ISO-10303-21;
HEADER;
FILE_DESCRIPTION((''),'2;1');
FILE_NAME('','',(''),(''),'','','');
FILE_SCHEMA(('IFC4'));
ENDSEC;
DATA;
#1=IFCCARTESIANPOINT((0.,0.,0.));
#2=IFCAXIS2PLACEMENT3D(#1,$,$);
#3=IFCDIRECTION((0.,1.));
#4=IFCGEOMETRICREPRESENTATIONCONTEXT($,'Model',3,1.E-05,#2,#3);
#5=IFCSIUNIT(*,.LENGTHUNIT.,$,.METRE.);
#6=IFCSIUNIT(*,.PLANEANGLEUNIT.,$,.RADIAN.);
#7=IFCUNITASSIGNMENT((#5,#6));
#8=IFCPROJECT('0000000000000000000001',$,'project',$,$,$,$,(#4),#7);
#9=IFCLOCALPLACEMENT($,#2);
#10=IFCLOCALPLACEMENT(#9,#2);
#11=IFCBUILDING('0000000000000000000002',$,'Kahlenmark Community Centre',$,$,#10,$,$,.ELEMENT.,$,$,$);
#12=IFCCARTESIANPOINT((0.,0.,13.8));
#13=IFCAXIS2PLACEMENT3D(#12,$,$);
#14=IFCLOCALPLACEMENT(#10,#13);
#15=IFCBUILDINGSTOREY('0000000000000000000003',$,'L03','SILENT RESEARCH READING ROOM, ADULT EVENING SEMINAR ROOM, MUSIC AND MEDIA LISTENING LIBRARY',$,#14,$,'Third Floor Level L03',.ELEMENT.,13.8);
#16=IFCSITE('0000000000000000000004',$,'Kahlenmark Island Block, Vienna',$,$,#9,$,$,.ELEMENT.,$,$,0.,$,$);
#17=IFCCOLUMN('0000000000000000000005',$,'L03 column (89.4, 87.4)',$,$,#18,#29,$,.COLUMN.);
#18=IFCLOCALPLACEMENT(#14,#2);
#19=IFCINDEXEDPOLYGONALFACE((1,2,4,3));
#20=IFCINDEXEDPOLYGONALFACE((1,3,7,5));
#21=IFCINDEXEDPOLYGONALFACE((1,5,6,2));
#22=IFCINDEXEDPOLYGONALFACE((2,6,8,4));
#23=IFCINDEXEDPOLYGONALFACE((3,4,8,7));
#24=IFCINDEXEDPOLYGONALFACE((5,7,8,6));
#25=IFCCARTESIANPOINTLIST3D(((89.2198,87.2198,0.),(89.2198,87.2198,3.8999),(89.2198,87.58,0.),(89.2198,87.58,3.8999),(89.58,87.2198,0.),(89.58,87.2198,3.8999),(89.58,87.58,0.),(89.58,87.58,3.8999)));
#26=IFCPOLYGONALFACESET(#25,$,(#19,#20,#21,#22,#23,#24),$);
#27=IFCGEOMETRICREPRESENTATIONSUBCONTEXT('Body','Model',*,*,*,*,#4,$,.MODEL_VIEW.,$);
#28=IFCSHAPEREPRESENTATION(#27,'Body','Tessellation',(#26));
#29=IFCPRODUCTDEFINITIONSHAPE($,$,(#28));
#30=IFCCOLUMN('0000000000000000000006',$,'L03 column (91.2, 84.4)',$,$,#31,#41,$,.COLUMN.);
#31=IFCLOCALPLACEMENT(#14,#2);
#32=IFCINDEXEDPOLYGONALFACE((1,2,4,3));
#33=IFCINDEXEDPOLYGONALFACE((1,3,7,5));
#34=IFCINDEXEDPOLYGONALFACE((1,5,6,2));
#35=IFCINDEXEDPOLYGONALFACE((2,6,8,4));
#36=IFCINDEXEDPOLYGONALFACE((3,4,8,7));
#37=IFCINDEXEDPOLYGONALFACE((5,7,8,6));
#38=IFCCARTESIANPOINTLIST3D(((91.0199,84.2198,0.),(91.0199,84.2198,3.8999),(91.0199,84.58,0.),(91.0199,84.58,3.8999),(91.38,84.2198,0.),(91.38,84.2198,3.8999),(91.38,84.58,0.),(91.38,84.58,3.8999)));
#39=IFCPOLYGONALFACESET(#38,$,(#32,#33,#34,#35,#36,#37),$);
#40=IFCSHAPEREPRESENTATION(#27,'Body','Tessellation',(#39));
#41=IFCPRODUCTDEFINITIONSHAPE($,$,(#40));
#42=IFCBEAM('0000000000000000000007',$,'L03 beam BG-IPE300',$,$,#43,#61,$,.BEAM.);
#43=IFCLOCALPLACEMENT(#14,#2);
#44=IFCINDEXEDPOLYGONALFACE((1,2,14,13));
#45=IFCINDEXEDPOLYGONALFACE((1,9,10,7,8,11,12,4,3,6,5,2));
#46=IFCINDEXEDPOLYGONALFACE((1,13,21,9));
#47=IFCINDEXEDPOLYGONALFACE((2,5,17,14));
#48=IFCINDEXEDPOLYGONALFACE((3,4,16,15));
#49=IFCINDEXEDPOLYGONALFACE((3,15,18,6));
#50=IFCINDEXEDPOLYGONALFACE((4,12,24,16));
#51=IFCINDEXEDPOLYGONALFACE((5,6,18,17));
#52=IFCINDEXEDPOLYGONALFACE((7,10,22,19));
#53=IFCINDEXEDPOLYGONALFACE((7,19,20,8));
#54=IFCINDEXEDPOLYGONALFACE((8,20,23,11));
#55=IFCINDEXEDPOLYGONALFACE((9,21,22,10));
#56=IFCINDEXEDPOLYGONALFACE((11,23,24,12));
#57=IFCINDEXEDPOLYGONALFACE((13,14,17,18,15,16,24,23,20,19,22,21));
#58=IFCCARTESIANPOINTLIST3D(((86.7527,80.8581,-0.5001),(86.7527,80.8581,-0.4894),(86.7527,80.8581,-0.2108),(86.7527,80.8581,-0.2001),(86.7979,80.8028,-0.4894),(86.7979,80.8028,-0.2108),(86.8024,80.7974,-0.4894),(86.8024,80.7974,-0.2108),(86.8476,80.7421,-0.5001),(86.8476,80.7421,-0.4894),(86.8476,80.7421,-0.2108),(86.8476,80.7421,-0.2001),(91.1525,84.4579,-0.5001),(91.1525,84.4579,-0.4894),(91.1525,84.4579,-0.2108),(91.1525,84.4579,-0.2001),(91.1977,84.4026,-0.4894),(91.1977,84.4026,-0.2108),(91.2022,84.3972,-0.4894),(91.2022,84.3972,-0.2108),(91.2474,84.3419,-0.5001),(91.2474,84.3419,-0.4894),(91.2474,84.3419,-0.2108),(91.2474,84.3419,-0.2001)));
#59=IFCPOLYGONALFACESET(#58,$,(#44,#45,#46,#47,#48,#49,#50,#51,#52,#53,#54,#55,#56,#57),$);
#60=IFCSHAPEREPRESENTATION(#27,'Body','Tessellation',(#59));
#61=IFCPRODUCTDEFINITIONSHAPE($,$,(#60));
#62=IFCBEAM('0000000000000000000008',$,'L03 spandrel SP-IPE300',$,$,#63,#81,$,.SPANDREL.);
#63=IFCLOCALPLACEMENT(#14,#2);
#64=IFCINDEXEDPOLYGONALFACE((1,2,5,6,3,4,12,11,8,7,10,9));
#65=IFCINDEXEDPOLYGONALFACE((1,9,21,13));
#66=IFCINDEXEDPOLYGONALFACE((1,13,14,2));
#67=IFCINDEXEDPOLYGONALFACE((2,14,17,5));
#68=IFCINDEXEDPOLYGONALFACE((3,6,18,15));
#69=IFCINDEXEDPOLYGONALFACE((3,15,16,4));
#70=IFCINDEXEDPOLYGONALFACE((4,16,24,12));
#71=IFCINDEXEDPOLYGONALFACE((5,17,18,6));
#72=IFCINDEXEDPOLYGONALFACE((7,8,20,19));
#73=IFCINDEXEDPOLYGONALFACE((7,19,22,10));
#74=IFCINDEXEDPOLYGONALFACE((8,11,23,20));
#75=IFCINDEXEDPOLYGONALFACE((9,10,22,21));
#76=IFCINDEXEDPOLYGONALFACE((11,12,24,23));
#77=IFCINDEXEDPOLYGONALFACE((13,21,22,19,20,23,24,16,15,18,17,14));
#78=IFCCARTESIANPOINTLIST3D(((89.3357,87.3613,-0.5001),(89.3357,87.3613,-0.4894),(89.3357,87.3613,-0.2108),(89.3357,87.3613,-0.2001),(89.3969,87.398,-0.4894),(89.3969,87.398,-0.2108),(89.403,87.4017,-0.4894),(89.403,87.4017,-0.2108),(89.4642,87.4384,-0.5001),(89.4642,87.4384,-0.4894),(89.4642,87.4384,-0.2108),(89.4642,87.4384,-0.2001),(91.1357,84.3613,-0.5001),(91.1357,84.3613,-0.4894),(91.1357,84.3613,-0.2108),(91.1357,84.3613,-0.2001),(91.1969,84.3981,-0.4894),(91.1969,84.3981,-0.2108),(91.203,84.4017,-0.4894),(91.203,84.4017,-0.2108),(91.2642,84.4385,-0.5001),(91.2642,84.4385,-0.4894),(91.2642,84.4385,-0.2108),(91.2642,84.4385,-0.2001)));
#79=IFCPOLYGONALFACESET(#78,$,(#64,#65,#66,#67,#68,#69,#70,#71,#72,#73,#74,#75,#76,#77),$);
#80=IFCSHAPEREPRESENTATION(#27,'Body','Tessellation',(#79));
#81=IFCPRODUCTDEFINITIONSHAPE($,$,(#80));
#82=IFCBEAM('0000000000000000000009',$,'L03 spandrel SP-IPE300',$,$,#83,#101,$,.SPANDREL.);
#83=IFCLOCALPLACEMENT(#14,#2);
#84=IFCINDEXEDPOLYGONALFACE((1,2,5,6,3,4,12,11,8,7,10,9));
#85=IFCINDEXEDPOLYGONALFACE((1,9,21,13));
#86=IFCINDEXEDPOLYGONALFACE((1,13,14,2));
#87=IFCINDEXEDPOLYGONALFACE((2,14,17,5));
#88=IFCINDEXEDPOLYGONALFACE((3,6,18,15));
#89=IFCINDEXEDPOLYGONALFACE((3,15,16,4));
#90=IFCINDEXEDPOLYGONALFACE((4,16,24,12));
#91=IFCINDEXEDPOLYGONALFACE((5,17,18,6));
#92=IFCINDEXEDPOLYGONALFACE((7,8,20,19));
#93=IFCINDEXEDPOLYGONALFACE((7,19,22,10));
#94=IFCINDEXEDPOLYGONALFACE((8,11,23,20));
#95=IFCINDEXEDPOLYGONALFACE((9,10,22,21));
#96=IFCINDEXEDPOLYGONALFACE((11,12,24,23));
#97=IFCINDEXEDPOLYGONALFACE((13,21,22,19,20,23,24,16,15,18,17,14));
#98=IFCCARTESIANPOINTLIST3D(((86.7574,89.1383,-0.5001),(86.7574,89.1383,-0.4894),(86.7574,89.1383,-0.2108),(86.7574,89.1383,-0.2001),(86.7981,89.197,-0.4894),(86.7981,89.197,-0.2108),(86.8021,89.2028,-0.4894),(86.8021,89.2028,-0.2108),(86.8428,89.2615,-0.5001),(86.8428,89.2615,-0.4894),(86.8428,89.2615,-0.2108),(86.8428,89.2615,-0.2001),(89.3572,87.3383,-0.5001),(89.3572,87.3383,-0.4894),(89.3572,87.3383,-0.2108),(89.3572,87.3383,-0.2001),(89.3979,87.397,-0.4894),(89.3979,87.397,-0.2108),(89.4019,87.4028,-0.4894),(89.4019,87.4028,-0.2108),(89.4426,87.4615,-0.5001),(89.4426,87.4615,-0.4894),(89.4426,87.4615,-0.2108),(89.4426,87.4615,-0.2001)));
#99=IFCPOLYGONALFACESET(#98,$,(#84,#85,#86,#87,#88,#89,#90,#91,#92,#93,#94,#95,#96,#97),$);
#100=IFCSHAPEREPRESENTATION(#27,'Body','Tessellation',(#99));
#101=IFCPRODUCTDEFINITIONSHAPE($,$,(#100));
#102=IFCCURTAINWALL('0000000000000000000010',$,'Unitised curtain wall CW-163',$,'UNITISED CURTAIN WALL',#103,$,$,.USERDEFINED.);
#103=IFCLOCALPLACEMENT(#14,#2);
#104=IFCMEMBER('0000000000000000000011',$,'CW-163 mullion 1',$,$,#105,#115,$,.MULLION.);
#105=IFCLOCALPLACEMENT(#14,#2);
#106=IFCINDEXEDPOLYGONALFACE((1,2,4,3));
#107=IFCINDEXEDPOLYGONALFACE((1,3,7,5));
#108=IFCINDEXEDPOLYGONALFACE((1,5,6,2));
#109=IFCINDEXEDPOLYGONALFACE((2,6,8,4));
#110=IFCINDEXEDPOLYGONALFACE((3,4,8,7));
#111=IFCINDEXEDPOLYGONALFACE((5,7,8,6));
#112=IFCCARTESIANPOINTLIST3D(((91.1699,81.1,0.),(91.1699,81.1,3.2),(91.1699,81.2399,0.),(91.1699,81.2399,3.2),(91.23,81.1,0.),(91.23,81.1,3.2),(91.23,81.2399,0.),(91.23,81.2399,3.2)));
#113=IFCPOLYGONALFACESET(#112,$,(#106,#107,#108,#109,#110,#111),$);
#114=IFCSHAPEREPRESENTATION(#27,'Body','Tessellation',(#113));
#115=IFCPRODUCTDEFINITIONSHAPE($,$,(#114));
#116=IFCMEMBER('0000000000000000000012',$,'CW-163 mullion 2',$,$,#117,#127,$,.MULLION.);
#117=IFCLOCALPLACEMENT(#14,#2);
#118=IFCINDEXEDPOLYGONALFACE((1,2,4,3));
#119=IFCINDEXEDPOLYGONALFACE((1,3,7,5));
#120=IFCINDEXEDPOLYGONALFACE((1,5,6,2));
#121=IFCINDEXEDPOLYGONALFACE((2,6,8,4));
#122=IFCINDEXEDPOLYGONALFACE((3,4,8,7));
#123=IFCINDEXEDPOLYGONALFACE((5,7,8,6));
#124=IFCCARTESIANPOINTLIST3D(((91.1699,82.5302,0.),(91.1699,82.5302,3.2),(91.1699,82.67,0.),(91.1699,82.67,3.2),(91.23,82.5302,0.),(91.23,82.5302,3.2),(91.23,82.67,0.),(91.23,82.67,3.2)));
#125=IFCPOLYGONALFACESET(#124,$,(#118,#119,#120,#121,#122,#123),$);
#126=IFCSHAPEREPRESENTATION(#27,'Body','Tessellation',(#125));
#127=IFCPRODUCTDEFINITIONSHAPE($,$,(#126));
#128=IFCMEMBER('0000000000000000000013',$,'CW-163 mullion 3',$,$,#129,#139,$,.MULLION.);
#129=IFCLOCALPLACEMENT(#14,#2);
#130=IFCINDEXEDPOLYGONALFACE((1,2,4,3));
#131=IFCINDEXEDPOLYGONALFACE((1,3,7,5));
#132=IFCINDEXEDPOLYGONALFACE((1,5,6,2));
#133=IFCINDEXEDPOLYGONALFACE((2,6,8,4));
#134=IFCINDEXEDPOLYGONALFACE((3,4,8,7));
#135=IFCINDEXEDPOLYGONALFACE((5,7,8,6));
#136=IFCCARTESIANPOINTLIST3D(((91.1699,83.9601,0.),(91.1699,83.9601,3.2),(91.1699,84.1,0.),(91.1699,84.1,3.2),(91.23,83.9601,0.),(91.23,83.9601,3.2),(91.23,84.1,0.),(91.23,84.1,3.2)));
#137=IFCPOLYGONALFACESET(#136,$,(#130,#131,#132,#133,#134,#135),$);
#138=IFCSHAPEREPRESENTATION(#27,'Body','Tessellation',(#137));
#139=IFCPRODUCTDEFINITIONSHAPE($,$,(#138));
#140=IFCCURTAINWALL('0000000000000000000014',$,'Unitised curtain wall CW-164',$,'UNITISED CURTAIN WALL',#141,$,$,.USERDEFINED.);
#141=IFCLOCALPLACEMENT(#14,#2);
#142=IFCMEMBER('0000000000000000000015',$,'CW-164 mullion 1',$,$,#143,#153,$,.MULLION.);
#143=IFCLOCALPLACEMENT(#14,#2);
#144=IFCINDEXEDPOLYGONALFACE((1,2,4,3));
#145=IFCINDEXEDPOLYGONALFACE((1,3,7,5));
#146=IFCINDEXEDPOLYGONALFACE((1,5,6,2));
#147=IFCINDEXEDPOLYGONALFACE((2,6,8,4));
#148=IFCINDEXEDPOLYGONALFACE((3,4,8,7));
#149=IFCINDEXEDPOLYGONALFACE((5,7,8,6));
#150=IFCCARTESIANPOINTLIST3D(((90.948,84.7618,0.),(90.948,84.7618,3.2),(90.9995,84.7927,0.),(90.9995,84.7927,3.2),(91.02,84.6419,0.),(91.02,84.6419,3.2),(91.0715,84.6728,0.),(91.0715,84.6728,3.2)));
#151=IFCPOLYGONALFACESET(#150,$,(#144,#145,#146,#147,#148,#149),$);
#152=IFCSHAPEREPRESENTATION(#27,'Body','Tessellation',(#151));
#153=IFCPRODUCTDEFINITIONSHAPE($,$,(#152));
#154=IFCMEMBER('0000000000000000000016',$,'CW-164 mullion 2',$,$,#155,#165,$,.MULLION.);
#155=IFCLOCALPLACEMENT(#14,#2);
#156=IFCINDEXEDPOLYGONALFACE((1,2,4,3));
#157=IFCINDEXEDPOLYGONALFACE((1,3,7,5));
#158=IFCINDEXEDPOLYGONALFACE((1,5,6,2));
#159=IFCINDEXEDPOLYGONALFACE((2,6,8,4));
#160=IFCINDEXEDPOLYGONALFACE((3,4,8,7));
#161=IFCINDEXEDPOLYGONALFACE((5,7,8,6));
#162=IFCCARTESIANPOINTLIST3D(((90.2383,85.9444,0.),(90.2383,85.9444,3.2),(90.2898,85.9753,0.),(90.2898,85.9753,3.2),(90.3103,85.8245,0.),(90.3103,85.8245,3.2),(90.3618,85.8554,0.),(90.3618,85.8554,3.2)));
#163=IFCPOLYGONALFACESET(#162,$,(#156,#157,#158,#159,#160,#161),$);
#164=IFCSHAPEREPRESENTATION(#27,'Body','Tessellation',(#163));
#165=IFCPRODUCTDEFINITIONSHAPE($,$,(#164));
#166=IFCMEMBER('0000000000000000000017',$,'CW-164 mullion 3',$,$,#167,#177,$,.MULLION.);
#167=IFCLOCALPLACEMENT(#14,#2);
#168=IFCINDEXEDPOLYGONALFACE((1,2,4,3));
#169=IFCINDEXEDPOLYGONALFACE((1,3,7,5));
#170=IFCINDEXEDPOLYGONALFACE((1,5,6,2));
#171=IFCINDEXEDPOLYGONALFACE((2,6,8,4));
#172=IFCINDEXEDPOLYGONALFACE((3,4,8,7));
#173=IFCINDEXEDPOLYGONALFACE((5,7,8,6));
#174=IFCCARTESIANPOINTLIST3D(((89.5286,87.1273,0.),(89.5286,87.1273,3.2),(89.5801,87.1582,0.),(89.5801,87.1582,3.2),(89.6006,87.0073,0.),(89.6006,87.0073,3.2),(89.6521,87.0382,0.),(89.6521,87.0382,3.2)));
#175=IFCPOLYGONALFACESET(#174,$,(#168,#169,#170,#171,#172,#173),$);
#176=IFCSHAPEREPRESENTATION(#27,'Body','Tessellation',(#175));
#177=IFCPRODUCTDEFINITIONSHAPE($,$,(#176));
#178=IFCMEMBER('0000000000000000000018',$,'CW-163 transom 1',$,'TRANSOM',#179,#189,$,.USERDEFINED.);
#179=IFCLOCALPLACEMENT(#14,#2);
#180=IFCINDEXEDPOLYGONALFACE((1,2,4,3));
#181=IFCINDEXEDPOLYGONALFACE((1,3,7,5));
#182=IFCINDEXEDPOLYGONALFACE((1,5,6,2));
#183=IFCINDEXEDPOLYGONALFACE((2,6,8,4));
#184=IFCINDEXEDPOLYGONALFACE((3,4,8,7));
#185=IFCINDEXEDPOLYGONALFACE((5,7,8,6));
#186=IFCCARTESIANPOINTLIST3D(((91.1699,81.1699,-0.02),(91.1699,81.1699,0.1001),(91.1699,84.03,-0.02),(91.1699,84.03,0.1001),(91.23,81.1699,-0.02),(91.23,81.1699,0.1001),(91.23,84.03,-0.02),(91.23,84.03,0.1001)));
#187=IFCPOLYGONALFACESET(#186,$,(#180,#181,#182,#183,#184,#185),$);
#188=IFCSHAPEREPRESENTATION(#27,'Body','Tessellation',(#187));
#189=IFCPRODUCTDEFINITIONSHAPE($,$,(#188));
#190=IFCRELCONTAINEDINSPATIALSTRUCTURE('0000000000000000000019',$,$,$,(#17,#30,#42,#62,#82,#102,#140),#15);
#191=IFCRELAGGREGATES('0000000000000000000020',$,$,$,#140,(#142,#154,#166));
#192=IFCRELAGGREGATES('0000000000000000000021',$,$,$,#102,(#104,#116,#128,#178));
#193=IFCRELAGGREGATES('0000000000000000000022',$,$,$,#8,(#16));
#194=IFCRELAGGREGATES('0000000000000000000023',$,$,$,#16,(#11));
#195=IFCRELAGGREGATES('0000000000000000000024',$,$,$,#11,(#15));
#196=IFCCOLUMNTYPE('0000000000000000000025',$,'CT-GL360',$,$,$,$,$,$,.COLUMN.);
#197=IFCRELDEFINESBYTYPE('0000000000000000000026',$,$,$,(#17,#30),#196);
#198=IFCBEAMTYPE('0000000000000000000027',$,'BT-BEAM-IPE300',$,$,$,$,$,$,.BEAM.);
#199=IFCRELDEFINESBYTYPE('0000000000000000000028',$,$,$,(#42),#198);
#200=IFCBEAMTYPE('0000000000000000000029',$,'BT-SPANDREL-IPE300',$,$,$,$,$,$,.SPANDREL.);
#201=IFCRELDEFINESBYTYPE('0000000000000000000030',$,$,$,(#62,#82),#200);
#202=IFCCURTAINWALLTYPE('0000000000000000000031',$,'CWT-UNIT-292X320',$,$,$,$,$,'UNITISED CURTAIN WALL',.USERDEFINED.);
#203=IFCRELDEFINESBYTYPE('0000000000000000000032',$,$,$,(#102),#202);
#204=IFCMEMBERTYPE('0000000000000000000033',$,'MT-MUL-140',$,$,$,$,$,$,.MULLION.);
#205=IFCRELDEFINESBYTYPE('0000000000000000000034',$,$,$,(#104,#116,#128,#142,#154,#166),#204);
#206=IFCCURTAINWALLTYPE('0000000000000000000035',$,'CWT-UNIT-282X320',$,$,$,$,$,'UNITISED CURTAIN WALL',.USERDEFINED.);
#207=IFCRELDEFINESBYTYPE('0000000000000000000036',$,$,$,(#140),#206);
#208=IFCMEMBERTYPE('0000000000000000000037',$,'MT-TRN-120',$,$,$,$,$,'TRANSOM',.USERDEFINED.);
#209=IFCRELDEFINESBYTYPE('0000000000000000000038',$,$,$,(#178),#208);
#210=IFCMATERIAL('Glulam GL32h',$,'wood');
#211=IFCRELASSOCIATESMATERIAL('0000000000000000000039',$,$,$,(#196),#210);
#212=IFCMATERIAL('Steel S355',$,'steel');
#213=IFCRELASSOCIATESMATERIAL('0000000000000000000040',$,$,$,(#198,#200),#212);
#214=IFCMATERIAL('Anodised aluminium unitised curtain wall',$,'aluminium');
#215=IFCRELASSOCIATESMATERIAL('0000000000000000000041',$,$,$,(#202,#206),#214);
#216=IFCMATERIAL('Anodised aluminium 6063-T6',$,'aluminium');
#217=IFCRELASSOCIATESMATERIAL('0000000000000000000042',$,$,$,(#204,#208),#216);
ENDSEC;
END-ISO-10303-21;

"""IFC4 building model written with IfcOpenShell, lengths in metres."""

from ifc_helpers import new_model, si_unit, direction, frame, origin, origin_2d, place, context, subcontext, project, spatial, rectangle, i_section, extrude, material, material_profile, profile_set, type_object, element, aggregate, save


model = new_model("IFC4")

# Units and contexts
model_context = context("Model", 3, precision=1e-05, world=origin(), true_north=direction((0.0, 1.0)))
body_context = subcontext(model_context, "Body", "Model", "MODEL_VIEW")
ifc_project = project(units=[si_unit("LENGTHUNIT", "METRE"), si_unit("PLANEANGLEUNIT", "RADIAN")], contexts=[model_context])

# Site, building, storey
site_placement = place(None, origin())
site = spatial("IfcSite", under=ifc_project, at=site_placement, Name="Kahlenmark Island Block, Vienna", CompositionType="ELEMENT", RefElevation=0.0)
building_placement = place(site_placement, origin())
building = spatial("IfcBuilding", under=site, at=building_placement, Name="Kahlenmark Community Centre", CompositionType="ELEMENT")
storey_placement = place(building_placement, frame((0.0, 0.0, 13.8)))
storey = spatial("IfcBuildingStorey", under=building, at=storey_placement, Name="L03", Description="SILENT RESEARCH READING ROOM, ADULT EVENING SEMINAR ROOM, MUSIC AND MEDIA LISTENING LIBRARY", LongName="Third Floor Level L03", CompositionType="ELEMENT", Elevation=13.8)

# Columns
ifc_material_1 = material(Name="Glulam GL32h", Category="wood")
ifc_material_profile_1 = material_profile(ifc_material_1, rectangle(XDim=0.3601, YDim=0.3601, at=origin_2d()), Name="GL32h 360x360")
ifc_profile_set_1 = profile_set([ifc_material_profile_1], Name="Glulam GL32h")
column_type = type_object("IfcColumnType", Name="CT-GL360", PredefinedType="COLUMN", material=ifc_profile_set_1)
for number, where, z_axis, x_axis, name in (
    (1, (89.3999, 87.3999, 0.0), (0.0, 0.0, 1.0), (1.0, 0.0, 0.0), "L03 column (89.4, 87.4)"),
    (2, (91.2, 84.3999, 0.0), (0.0, 0.0, 1.0), (1.0, 0.0, 0.0), "L03 column (91.2, 84.4)"),
):
    element("IfcColumn", number, at=place(storey_placement, frame(where, z_axis=z_axis, x_axis=x_axis)), inside=storey, type_object=column_type, Name=name, PredefinedType="COLUMN", context=body_context, shape_type="SweptSolid", body=[
        extrude(rectangle(XDim=0.3601, YDim=0.3601, at=origin_2d()), origin(), (0.0, 0.0, 1.0), 3.8999),
    ])

# Beams
ifc_material_2 = material(Name="Steel S355", Category="steel")
ifc_material_profile_2 = material_profile(ifc_material_2, i_section(OverallWidth=0.1499, OverallDepth=0.3, WebThickness=0.0071, FlangeThickness=0.0107, at=origin_2d()), Name="IPE 300")
ifc_profile_set_2 = profile_set([ifc_material_profile_2], Name="Steel S355")
beam_type_1 = type_object("IfcBeamType", Name="BT-BEAM-IPE300", PredefinedType="BEAM", material=ifc_profile_set_2)
beam_1_placement = place(storey_placement, frame((91.2, 84.3999, -0.3501), z_axis=(-0.773963, -0.633231, 0.0), x_axis=(0.633231, -0.773963, 0.0)))
element("IfcBeam", 3, at=beam_1_placement, inside=storey, type_object=beam_type_1, Name="L03 beam BG-IPE300", PredefinedType="BEAM", context=body_context, shape_type="SweptSolid", body=[
    extrude(i_section(OverallWidth=0.1499, OverallDepth=0.3, WebThickness=0.0071, FlangeThickness=0.0107, at=origin_2d()), origin(), (0.0, 0.0, 1.0), 5.6848),
])
ifc_material_profile_3 = material_profile(ifc_material_2, i_section(OverallWidth=0.1499, OverallDepth=0.3, WebThickness=0.0071, FlangeThickness=0.0107, at=origin_2d()), Name="IPE 300")
ifc_profile_set_3 = profile_set([ifc_material_profile_3], Name="Steel S355")
beam_type_2 = type_object("IfcBeamType", Name="BT-SPANDREL-IPE300", PredefinedType="SPANDREL", material=ifc_profile_set_3)
beam_2_placement = place(storey_placement, frame((91.2, 84.3999, -0.3501), z_axis=(-0.514506, 0.857487, 0.0), x_axis=(-0.857487, -0.514506, 0.0)))
element("IfcBeam", 4, at=beam_2_placement, inside=storey, type_object=beam_type_2, Name="L03 spandrel SP-IPE300", PredefinedType="SPANDREL", context=body_context, shape_type="SweptSolid", body=[
    extrude(i_section(OverallWidth=0.1499, OverallDepth=0.3, WebThickness=0.0071, FlangeThickness=0.0107, at=origin_2d()), origin(), (0.0, 0.0, 1.0), 3.4985),
])
beam_3_placement = place(storey_placement, frame((89.3999, 87.3999, -0.3501), z_axis=(-0.82217, 0.569242, 0.0), x_axis=(-0.569242, -0.82217, 0.0)))
element("IfcBeam", 5, at=beam_3_placement, inside=storey, type_object=beam_type_2, Name="L03 spandrel SP-IPE300", PredefinedType="SPANDREL", context=body_context, shape_type="SweptSolid", body=[
    extrude(i_section(OverallWidth=0.1499, OverallDepth=0.3, WebThickness=0.0071, FlangeThickness=0.0107, at=origin_2d()), origin(), (0.0, 0.0, 1.0), 3.1621),
])

# Curtain walls, members
ifc_material_3 = material(Name="Anodised aluminium unitised curtain wall", Category="aluminium")
curtain_wall_type_1 = type_object("IfcCurtainWallType", Name="CWT-UNIT-292X320", ElementType="UNITISED CURTAIN WALL", PredefinedType="USERDEFINED", material=ifc_material_3)
curtain_wall_1_placement = place(storey_placement, origin())
curtain_wall_1 = element("IfcCurtainWall", 6, at=curtain_wall_1_placement, inside=storey, type_object=curtain_wall_type_1, Name="Unitised curtain wall CW-163", ObjectType="UNITISED CURTAIN WALL", PredefinedType="USERDEFINED")
ifc_material_4 = material(Name="Anodised aluminium 6063-T6", Category="aluminium")
ifc_material_profile_4 = material_profile(ifc_material_4, rectangle(XDim=0.0601, YDim=0.1399, at=origin_2d()), Name="ALU MULLION 60x140")
ifc_profile_set_4 = profile_set([ifc_material_profile_4], Name="Anodised aluminium 6063-T6")
member_type_1 = type_object("IfcMemberType", Name="MT-MUL-140", PredefinedType="MULLION", material=ifc_profile_set_4)
member_1_placement = place(storey_placement, frame((91.2, 81.1699, 0.0), z_axis=(0.0, 0.0, 1.0), x_axis=(-1.0, 0.0, 0.0)))
member_1 = element("IfcMember", 7, at=member_1_placement, type_object=member_type_1, Name="CW-163 mullion 1", PredefinedType="MULLION", context=body_context, shape_type="SweptSolid", body=[
    extrude(rectangle(XDim=0.0601, YDim=0.1399, at=origin_2d()), origin(), (0.0, 0.0, 1.0), 3.2),
])
member_2_placement = place(storey_placement, frame((91.2, 82.6001, 0.0), z_axis=(0.0, 0.0, 1.0), x_axis=(-1.0, 0.0, 0.0)))
member_2 = element("IfcMember", 8, at=member_2_placement, type_object=member_type_1, Name="CW-163 mullion 2", PredefinedType="MULLION", context=body_context, shape_type="SweptSolid", body=[
    extrude(rectangle(XDim=0.0601, YDim=0.1399, at=origin_2d()), origin(), (0.0, 0.0, 1.0), 3.2),
])
member_3_placement = place(storey_placement, frame((91.2, 84.03, 0.0), z_axis=(0.0, 0.0, 1.0), x_axis=(-1.0, 0.0, 0.0)))
member_3 = element("IfcMember", 9, at=member_3_placement, type_object=member_type_1, Name="CW-163 mullion 3", PredefinedType="MULLION", context=body_context, shape_type="SweptSolid", body=[
    extrude(rectangle(XDim=0.0601, YDim=0.1399, at=origin_2d()), origin(), (0.0, 0.0, 1.0), 3.2),
])
curtain_wall_type_2 = type_object("IfcCurtainWallType", Name="CWT-UNIT-282X320", ElementType="UNITISED CURTAIN WALL", PredefinedType="USERDEFINED", material=ifc_material_3)
curtain_wall_2_placement = place(storey_placement, origin())
curtain_wall_2 = element("IfcCurtainWall", 10, at=curtain_wall_2_placement, inside=storey, type_object=curtain_wall_type_2, Name="Unitised curtain wall CW-164", ObjectType="UNITISED CURTAIN WALL", PredefinedType="USERDEFINED")
member_4_placement = place(storey_placement, frame((91.0098, 84.7173, 0.0), z_axis=(0.0, 0.0, 1.0), x_axis=(-0.857493, -0.514496, 0.0)))
member_4 = element("IfcMember", 11, at=member_4_placement, type_object=member_type_1, Name="CW-164 mullion 1", PredefinedType="MULLION", context=body_context, shape_type="SweptSolid", body=[
    extrude(rectangle(XDim=0.0601, YDim=0.1399, at=origin_2d()), origin(), (0.0, 0.0, 1.0), 3.2),
])
member_5_placement = place(storey_placement, frame((90.3, 85.8999, 0.0), z_axis=(0.0, 0.0, 1.0), x_axis=(-0.857493, -0.514496, 0.0)))
member_5 = element("IfcMember", 12, at=member_5_placement, type_object=member_type_1, Name="CW-164 mullion 2", PredefinedType="MULLION", context=body_context, shape_type="SweptSolid", body=[
    extrude(rectangle(XDim=0.0601, YDim=0.1399, at=origin_2d()), origin(), (0.0, 0.0, 1.0), 3.2),
])
member_6_placement = place(storey_placement, frame((89.5903, 87.0828, 0.0), z_axis=(0.0, 0.0, 1.0), x_axis=(-0.857493, -0.514496, 0.0)))
member_6 = element("IfcMember", 13, at=member_6_placement, type_object=member_type_1, Name="CW-164 mullion 3", PredefinedType="MULLION", context=body_context, shape_type="SweptSolid", body=[
    extrude(rectangle(XDim=0.0601, YDim=0.1399, at=origin_2d()), origin(), (0.0, 0.0, 1.0), 3.2),
])

# Member
ifc_material_profile_5 = material_profile(ifc_material_4, rectangle(XDim=0.0601, YDim=0.1201, at=origin_2d()), Name="ALU TRANSOM 60x120")
ifc_profile_set_5 = profile_set([ifc_material_profile_5], Name="Anodised aluminium 6063-T6")
member_type_2 = type_object("IfcMemberType", Name="MT-TRN-120", ElementType="TRANSOM", PredefinedType="USERDEFINED", material=ifc_profile_set_5)
member_7_placement = place(storey_placement, frame((91.2, 81.1699, 0.04), z_axis=(0.0, 1.0, 0.0), x_axis=(-1.0, 0.0, 0.0)))
member_7 = element("IfcMember", 14, at=member_7_placement, type_object=member_type_2, Name="CW-163 transom 1", ObjectType="TRANSOM", PredefinedType="USERDEFINED", context=body_context, shape_type="SweptSolid", body=[
    extrude(rectangle(XDim=0.0601, YDim=0.1201, at=origin_2d()), origin(), (0.0, 0.0, 1.0), 2.8601),
])

aggregate(curtain_wall_2, [member_4, member_5, member_6])
aggregate(curtain_wall_1, [member_1, member_2, member_3, member_7])

save(model, "model.ifc")
